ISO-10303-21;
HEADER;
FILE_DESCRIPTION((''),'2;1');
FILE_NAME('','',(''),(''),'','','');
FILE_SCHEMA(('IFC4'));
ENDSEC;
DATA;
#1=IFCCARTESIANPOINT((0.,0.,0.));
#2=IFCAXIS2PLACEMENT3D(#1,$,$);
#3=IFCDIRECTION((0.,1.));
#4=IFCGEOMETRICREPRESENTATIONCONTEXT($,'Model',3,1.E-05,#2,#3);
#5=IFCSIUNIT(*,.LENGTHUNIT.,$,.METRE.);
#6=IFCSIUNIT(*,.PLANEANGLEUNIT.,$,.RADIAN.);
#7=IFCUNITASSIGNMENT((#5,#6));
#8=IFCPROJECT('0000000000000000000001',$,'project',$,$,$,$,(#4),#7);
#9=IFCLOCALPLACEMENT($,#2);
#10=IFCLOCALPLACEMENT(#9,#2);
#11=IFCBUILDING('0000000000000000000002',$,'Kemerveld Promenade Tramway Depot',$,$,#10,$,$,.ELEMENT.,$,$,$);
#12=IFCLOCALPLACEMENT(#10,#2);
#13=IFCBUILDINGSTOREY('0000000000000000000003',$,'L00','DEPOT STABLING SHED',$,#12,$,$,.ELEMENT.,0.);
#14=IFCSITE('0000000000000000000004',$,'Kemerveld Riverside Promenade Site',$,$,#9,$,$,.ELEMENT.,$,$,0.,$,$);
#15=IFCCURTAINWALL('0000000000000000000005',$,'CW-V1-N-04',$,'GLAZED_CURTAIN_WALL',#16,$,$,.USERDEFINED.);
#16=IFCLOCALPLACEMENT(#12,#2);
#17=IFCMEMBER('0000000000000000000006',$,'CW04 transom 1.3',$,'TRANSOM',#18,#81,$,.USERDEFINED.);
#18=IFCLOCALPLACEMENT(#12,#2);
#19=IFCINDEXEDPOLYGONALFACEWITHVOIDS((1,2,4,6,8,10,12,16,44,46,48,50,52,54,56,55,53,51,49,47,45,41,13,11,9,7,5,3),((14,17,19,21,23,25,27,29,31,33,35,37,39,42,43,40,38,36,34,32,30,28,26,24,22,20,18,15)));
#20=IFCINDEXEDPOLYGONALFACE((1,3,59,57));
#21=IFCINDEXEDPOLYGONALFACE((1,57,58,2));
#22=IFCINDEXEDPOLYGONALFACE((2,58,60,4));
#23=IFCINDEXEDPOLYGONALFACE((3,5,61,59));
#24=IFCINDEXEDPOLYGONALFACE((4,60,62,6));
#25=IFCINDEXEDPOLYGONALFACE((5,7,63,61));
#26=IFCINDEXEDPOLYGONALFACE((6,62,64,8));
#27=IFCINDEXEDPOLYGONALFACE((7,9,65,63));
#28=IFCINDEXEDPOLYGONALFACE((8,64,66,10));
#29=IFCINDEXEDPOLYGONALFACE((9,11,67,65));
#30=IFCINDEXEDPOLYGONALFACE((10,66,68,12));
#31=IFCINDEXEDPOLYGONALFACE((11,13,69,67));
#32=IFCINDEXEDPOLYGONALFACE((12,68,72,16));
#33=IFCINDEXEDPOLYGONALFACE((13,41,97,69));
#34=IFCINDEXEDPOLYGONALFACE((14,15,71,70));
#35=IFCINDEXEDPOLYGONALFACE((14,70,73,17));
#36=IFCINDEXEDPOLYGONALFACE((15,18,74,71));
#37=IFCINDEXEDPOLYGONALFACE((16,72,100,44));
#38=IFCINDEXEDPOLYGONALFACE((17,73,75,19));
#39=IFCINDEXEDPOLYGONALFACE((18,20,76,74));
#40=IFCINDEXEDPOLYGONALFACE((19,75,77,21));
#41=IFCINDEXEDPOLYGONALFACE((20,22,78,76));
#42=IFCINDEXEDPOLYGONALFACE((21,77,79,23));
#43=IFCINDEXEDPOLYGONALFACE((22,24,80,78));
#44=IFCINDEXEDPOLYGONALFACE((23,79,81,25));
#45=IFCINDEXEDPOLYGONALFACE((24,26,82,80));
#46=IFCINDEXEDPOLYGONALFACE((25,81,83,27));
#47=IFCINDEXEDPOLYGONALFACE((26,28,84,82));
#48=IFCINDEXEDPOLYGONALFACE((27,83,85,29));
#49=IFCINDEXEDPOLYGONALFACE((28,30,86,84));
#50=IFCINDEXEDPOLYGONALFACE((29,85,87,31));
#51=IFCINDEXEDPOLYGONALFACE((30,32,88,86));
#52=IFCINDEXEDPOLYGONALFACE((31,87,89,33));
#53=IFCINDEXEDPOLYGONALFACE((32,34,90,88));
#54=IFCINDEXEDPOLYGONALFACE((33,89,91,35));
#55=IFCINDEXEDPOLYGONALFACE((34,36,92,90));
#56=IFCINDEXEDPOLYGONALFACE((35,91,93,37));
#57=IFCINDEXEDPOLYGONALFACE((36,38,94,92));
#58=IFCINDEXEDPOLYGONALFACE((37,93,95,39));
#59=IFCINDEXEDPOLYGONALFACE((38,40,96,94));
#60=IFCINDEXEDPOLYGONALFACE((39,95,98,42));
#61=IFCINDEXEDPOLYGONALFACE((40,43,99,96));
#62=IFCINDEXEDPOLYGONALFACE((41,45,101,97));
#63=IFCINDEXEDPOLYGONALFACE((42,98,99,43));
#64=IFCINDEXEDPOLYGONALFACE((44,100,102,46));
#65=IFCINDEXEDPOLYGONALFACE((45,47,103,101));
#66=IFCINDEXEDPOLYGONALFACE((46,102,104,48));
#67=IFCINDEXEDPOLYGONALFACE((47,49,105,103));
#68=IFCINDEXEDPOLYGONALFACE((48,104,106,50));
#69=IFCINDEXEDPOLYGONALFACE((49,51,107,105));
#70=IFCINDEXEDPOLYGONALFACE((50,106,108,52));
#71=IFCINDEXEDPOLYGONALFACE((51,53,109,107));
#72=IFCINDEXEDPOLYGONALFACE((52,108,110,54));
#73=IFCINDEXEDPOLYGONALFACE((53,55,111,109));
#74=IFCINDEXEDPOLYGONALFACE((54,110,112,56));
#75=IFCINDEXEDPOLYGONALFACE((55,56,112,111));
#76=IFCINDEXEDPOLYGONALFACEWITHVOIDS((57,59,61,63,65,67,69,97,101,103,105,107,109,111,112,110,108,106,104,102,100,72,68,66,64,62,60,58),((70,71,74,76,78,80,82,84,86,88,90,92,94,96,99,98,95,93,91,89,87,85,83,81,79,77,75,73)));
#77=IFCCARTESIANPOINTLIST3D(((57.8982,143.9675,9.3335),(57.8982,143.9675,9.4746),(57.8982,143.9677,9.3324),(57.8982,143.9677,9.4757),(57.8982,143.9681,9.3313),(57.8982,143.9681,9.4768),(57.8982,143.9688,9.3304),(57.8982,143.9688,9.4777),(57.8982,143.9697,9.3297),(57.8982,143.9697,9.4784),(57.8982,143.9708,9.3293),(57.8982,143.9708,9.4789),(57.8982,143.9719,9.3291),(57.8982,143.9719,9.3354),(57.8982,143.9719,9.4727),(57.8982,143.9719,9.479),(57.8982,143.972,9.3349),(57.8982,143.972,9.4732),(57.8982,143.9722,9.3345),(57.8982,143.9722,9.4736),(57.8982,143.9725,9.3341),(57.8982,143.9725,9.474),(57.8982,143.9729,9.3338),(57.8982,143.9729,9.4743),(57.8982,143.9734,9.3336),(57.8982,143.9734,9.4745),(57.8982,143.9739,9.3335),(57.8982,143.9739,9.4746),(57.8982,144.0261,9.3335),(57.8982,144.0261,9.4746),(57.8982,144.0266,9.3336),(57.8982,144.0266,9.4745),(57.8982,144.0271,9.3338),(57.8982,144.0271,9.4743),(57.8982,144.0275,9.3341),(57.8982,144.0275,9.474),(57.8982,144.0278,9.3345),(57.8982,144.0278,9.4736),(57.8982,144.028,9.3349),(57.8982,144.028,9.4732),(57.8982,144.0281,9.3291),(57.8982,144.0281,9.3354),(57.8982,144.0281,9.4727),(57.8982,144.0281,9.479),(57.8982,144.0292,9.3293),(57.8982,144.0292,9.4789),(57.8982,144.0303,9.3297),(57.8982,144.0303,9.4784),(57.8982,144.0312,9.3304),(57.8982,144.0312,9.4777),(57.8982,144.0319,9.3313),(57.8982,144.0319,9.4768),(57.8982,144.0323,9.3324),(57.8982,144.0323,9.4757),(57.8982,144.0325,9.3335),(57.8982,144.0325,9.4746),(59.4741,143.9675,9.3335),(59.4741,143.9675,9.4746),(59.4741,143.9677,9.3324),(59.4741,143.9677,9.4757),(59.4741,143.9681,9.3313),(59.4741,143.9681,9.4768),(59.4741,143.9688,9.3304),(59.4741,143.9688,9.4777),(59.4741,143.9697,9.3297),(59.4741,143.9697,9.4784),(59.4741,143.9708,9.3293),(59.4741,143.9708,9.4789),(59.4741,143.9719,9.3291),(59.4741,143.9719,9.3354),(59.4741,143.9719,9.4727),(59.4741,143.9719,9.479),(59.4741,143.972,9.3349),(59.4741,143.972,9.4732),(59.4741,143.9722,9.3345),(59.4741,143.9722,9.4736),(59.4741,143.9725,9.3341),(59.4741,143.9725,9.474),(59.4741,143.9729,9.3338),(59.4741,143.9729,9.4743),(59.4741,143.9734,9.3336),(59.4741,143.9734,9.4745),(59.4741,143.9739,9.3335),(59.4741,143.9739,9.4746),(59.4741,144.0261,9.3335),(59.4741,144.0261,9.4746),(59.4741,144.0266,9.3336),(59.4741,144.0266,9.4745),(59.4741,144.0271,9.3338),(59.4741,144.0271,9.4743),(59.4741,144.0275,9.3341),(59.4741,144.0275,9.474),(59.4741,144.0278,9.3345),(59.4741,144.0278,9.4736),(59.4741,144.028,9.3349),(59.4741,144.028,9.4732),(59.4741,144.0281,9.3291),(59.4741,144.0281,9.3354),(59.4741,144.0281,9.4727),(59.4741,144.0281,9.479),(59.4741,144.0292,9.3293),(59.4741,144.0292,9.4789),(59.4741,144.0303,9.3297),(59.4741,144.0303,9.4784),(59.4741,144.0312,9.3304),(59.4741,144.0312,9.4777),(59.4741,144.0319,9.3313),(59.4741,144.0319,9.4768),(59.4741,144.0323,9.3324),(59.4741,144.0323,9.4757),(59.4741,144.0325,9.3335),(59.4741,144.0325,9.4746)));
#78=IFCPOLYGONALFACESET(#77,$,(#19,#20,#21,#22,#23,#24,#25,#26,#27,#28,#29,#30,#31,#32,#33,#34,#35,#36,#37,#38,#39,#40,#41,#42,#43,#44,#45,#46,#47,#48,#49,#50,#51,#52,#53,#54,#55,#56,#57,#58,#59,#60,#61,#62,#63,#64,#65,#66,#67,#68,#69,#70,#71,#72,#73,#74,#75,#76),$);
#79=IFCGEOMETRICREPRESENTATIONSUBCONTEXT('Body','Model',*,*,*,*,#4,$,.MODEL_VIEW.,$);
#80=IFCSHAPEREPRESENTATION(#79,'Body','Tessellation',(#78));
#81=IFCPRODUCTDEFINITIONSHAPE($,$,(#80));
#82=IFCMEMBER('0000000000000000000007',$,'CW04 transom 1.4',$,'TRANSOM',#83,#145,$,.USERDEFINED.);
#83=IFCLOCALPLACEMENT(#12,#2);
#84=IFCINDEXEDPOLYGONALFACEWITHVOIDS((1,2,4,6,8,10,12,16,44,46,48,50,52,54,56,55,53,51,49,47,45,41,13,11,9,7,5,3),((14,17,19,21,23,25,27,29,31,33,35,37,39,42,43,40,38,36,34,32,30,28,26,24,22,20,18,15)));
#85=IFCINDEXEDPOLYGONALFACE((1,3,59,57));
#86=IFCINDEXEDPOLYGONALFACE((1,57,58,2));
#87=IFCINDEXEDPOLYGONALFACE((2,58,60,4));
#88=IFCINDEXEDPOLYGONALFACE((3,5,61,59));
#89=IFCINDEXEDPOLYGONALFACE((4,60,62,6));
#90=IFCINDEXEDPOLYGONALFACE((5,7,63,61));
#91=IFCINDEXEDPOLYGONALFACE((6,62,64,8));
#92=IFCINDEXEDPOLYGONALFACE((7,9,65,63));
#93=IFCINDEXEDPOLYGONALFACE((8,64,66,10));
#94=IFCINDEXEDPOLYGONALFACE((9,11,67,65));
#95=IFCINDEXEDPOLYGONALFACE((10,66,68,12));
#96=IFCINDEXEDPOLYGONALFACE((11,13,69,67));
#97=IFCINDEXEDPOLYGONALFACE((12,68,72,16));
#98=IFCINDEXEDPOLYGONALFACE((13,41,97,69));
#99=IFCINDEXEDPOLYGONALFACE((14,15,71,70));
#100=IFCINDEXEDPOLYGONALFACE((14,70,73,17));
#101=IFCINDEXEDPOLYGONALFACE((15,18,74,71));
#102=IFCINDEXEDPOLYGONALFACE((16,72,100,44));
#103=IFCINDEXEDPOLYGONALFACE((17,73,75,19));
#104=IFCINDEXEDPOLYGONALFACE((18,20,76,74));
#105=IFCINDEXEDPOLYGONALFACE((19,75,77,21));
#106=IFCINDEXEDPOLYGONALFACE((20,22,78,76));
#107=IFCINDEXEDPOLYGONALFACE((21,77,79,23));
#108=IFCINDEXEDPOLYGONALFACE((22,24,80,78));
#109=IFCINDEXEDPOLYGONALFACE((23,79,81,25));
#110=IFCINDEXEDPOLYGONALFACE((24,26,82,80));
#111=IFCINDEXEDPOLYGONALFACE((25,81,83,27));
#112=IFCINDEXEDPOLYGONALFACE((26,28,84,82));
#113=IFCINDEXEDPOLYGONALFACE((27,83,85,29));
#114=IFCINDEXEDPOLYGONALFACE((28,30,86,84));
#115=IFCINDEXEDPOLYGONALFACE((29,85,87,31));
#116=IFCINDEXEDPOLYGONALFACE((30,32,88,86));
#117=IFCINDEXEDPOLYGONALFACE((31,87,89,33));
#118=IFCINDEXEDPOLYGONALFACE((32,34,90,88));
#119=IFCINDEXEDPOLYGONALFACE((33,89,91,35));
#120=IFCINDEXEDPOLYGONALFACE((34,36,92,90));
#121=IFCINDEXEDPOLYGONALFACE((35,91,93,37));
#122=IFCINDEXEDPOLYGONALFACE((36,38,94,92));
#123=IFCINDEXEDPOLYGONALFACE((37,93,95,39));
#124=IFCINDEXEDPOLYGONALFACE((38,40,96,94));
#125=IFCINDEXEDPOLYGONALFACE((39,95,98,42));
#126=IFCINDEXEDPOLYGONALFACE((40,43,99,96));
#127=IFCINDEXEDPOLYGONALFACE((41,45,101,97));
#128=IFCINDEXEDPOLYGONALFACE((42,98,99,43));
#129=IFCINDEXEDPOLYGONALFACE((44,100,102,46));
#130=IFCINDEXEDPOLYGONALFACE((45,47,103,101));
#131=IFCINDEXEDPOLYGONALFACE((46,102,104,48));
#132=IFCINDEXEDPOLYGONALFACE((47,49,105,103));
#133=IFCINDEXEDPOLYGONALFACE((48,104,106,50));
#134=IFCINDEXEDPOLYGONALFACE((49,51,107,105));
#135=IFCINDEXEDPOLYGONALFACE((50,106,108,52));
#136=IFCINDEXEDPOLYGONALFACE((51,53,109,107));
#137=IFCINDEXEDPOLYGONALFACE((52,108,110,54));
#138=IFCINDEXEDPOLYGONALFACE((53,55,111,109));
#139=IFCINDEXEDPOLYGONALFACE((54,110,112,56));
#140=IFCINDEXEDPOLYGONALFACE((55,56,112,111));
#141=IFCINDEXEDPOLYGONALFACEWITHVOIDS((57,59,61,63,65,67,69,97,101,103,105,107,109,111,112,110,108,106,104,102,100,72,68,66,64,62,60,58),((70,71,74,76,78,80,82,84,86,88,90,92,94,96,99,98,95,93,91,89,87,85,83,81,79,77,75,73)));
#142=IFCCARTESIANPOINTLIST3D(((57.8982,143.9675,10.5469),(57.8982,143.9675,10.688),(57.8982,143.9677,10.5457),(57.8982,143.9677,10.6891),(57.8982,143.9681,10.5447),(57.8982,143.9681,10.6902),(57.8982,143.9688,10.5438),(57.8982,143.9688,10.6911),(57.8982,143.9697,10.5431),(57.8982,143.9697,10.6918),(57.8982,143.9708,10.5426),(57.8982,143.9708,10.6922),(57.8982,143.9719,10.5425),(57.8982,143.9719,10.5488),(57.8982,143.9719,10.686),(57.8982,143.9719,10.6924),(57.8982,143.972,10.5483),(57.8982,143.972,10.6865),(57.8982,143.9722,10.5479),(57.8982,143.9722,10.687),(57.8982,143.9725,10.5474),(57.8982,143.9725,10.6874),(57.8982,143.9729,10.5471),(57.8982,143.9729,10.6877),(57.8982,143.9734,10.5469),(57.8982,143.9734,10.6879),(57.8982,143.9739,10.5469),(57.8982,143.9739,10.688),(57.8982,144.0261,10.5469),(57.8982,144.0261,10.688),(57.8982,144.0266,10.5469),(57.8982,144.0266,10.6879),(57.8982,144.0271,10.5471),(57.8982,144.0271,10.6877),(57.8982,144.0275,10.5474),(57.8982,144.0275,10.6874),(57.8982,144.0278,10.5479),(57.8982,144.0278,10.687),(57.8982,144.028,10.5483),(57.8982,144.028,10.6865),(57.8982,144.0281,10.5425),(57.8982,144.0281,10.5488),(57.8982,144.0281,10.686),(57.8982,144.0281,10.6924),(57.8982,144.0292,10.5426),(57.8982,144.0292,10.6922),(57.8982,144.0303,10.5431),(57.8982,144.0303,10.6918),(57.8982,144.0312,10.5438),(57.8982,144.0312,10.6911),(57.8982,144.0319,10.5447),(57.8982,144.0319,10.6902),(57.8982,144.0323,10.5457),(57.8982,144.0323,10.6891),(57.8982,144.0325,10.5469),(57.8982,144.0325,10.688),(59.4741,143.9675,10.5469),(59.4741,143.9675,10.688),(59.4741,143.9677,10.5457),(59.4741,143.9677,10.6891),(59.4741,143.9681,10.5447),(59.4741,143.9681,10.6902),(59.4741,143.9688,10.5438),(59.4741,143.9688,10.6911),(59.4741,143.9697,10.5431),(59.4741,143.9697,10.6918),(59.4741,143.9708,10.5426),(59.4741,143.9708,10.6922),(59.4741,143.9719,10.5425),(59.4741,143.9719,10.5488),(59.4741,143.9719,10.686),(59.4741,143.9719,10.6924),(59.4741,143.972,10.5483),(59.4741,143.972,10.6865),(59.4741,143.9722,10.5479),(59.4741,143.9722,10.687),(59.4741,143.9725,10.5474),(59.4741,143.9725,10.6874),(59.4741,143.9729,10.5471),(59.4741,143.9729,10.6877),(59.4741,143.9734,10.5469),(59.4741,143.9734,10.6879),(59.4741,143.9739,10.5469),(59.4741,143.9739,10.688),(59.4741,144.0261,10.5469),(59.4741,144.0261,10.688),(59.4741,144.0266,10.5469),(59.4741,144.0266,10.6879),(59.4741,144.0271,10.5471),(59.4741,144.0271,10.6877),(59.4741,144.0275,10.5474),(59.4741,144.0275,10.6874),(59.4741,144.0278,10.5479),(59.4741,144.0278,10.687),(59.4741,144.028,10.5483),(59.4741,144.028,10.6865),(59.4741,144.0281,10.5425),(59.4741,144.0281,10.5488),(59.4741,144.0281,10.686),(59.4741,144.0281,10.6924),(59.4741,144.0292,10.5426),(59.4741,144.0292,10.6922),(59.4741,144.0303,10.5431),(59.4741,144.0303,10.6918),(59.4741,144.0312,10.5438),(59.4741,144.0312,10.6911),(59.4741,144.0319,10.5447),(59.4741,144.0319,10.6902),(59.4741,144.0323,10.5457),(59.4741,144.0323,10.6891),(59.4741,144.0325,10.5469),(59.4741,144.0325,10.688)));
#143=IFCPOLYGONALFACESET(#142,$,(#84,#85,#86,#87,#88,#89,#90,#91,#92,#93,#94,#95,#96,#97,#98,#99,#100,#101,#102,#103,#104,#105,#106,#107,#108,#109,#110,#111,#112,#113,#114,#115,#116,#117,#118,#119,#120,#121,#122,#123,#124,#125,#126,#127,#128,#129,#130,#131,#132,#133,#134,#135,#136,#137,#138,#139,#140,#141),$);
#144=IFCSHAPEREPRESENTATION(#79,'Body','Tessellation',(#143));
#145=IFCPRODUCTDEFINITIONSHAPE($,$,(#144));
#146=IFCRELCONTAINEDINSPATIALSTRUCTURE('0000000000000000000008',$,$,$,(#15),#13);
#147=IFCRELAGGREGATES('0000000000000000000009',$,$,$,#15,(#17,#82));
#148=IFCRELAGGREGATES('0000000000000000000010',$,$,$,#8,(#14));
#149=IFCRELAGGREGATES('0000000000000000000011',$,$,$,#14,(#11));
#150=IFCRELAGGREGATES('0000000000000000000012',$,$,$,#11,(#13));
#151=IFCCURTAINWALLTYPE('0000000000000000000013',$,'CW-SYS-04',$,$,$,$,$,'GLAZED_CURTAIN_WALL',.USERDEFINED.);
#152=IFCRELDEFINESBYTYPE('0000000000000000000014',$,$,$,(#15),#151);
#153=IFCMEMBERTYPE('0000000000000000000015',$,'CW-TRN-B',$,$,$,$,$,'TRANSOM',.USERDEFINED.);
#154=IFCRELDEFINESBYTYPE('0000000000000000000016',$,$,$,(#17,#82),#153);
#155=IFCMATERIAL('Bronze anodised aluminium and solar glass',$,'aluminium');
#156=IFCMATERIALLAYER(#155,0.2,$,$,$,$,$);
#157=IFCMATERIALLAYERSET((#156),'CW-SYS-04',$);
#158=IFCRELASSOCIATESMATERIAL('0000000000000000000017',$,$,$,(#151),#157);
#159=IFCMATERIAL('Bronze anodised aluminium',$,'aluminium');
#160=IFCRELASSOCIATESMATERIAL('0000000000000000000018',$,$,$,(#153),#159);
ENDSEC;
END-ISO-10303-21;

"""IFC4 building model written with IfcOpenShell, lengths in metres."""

from ifc_helpers import new_model, si_unit, direction, frame, origin, origin_2d, place, context, subcontext, project, spatial, hollow_rectangle, extrude, material, layer, layer_set, material_profile, profile_set, type_object, element, aggregate, save


model = new_model("IFC4")

# Units and contexts
model_context = context("Model", 3, precision=1e-05, world=origin(), true_north=direction((0.0, 1.0)))
body_context = subcontext(model_context, "Body", "Model", "MODEL_VIEW")
ifc_project = project(units=[si_unit("LENGTHUNIT", "METRE"), si_unit("PLANEANGLEUNIT", "RADIAN")], contexts=[model_context])

# Site, building, storey
site_placement = place(None, origin())
site = spatial("IfcSite", under=ifc_project, at=site_placement, Name="Kemerveld Riverside Promenade Site", CompositionType="ELEMENT", RefElevation=0.0)
building_placement = place(site_placement, origin())
building = spatial("IfcBuilding", under=site, at=building_placement, Name="Kemerveld Promenade Tramway Depot", CompositionType="ELEMENT")
storey_placement = place(building_placement, origin())
storey = spatial("IfcBuildingStorey", under=building, at=storey_placement, Name="L00", Description="DEPOT STABLING SHED", CompositionType="ELEMENT", Elevation=0.0)

# Curtain wall, members
ifc_material_1 = material(Name="Bronze anodised aluminium and solar glass", Category="aluminium")
ifc_material_2 = material(Name="Bronze anodised aluminium", Category="aluminium")
ifc_layer_1 = layer(ifc_material_1, 0.2)
ifc_layer_set_1 = layer_set([ifc_layer_1], Name="CW-SYS-04")
curtain_wall_type_1 = type_object("IfcCurtainWallType", Name="CW-SYS-04", ElementType="GLAZED_CURTAIN_WALL", PredefinedType="USERDEFINED", material=ifc_layer_set_1)
curtain_wall_1_placement = place(storey_placement, origin())
curtain_wall_1 = element("IfcCurtainWall", 1, at=curtain_wall_1_placement, inside=storey, type_object=curtain_wall_type_1, Name="CW-V1-N-04", ObjectType="GLAZED_CURTAIN_WALL", PredefinedType="USERDEFINED")
ifc_material_profile_1 = material_profile(ifc_material_2, hollow_rectangle(XDim=0.0649, YDim=0.1499, WallThickness=0.0044, InnerFilletRadius=0.002, OuterFilletRadius=0.0044, at=origin_2d()), Name="CW-TRN-150x65")
ifc_profile_set_1 = profile_set([ifc_material_profile_1], Name="Bronze anodised aluminium")
member_type_1 = type_object("IfcMemberType", Name="CW-TRN-B", ElementType="TRANSOM", PredefinedType="USERDEFINED", material=ifc_profile_set_1)
member_1_placement = place(storey_placement, frame((57.8982, 144.0, 9.4041), z_axis=(1.0, 0.0, 0.0), x_axis=(0.0, 1.0, 0.0)))
member_1 = element("IfcMember", 2, at=member_1_placement, type_object=member_type_1, Name="CW04 transom 1.3", ObjectType="TRANSOM", PredefinedType="USERDEFINED", context=body_context, shape_type="SweptSolid", body=[
    extrude(hollow_rectangle(XDim=0.0649, YDim=0.1499, WallThickness=0.0044, InnerFilletRadius=0.002, OuterFilletRadius=0.0044, at=origin_2d()), origin(), (0.0, 0.0, 1.0), 1.5759),
])
member_2_placement = place(storey_placement, frame((57.8982, 144.0, 10.6174), z_axis=(1.0, 0.0, 0.0), x_axis=(0.0, 1.0, 0.0)))
member_2 = element("IfcMember", 3, at=member_2_placement, type_object=member_type_1, Name="CW04 transom 1.4", ObjectType="TRANSOM", PredefinedType="USERDEFINED", context=body_context, shape_type="SweptSolid", body=[
    extrude(hollow_rectangle(XDim=0.0649, YDim=0.1499, WallThickness=0.0044, InnerFilletRadius=0.002, OuterFilletRadius=0.0044, at=origin_2d()), origin(), (0.0, 0.0, 1.0), 1.5759),
])

aggregate(curtain_wall_1, [member_1, member_2])

save(model, "model.ifc")
